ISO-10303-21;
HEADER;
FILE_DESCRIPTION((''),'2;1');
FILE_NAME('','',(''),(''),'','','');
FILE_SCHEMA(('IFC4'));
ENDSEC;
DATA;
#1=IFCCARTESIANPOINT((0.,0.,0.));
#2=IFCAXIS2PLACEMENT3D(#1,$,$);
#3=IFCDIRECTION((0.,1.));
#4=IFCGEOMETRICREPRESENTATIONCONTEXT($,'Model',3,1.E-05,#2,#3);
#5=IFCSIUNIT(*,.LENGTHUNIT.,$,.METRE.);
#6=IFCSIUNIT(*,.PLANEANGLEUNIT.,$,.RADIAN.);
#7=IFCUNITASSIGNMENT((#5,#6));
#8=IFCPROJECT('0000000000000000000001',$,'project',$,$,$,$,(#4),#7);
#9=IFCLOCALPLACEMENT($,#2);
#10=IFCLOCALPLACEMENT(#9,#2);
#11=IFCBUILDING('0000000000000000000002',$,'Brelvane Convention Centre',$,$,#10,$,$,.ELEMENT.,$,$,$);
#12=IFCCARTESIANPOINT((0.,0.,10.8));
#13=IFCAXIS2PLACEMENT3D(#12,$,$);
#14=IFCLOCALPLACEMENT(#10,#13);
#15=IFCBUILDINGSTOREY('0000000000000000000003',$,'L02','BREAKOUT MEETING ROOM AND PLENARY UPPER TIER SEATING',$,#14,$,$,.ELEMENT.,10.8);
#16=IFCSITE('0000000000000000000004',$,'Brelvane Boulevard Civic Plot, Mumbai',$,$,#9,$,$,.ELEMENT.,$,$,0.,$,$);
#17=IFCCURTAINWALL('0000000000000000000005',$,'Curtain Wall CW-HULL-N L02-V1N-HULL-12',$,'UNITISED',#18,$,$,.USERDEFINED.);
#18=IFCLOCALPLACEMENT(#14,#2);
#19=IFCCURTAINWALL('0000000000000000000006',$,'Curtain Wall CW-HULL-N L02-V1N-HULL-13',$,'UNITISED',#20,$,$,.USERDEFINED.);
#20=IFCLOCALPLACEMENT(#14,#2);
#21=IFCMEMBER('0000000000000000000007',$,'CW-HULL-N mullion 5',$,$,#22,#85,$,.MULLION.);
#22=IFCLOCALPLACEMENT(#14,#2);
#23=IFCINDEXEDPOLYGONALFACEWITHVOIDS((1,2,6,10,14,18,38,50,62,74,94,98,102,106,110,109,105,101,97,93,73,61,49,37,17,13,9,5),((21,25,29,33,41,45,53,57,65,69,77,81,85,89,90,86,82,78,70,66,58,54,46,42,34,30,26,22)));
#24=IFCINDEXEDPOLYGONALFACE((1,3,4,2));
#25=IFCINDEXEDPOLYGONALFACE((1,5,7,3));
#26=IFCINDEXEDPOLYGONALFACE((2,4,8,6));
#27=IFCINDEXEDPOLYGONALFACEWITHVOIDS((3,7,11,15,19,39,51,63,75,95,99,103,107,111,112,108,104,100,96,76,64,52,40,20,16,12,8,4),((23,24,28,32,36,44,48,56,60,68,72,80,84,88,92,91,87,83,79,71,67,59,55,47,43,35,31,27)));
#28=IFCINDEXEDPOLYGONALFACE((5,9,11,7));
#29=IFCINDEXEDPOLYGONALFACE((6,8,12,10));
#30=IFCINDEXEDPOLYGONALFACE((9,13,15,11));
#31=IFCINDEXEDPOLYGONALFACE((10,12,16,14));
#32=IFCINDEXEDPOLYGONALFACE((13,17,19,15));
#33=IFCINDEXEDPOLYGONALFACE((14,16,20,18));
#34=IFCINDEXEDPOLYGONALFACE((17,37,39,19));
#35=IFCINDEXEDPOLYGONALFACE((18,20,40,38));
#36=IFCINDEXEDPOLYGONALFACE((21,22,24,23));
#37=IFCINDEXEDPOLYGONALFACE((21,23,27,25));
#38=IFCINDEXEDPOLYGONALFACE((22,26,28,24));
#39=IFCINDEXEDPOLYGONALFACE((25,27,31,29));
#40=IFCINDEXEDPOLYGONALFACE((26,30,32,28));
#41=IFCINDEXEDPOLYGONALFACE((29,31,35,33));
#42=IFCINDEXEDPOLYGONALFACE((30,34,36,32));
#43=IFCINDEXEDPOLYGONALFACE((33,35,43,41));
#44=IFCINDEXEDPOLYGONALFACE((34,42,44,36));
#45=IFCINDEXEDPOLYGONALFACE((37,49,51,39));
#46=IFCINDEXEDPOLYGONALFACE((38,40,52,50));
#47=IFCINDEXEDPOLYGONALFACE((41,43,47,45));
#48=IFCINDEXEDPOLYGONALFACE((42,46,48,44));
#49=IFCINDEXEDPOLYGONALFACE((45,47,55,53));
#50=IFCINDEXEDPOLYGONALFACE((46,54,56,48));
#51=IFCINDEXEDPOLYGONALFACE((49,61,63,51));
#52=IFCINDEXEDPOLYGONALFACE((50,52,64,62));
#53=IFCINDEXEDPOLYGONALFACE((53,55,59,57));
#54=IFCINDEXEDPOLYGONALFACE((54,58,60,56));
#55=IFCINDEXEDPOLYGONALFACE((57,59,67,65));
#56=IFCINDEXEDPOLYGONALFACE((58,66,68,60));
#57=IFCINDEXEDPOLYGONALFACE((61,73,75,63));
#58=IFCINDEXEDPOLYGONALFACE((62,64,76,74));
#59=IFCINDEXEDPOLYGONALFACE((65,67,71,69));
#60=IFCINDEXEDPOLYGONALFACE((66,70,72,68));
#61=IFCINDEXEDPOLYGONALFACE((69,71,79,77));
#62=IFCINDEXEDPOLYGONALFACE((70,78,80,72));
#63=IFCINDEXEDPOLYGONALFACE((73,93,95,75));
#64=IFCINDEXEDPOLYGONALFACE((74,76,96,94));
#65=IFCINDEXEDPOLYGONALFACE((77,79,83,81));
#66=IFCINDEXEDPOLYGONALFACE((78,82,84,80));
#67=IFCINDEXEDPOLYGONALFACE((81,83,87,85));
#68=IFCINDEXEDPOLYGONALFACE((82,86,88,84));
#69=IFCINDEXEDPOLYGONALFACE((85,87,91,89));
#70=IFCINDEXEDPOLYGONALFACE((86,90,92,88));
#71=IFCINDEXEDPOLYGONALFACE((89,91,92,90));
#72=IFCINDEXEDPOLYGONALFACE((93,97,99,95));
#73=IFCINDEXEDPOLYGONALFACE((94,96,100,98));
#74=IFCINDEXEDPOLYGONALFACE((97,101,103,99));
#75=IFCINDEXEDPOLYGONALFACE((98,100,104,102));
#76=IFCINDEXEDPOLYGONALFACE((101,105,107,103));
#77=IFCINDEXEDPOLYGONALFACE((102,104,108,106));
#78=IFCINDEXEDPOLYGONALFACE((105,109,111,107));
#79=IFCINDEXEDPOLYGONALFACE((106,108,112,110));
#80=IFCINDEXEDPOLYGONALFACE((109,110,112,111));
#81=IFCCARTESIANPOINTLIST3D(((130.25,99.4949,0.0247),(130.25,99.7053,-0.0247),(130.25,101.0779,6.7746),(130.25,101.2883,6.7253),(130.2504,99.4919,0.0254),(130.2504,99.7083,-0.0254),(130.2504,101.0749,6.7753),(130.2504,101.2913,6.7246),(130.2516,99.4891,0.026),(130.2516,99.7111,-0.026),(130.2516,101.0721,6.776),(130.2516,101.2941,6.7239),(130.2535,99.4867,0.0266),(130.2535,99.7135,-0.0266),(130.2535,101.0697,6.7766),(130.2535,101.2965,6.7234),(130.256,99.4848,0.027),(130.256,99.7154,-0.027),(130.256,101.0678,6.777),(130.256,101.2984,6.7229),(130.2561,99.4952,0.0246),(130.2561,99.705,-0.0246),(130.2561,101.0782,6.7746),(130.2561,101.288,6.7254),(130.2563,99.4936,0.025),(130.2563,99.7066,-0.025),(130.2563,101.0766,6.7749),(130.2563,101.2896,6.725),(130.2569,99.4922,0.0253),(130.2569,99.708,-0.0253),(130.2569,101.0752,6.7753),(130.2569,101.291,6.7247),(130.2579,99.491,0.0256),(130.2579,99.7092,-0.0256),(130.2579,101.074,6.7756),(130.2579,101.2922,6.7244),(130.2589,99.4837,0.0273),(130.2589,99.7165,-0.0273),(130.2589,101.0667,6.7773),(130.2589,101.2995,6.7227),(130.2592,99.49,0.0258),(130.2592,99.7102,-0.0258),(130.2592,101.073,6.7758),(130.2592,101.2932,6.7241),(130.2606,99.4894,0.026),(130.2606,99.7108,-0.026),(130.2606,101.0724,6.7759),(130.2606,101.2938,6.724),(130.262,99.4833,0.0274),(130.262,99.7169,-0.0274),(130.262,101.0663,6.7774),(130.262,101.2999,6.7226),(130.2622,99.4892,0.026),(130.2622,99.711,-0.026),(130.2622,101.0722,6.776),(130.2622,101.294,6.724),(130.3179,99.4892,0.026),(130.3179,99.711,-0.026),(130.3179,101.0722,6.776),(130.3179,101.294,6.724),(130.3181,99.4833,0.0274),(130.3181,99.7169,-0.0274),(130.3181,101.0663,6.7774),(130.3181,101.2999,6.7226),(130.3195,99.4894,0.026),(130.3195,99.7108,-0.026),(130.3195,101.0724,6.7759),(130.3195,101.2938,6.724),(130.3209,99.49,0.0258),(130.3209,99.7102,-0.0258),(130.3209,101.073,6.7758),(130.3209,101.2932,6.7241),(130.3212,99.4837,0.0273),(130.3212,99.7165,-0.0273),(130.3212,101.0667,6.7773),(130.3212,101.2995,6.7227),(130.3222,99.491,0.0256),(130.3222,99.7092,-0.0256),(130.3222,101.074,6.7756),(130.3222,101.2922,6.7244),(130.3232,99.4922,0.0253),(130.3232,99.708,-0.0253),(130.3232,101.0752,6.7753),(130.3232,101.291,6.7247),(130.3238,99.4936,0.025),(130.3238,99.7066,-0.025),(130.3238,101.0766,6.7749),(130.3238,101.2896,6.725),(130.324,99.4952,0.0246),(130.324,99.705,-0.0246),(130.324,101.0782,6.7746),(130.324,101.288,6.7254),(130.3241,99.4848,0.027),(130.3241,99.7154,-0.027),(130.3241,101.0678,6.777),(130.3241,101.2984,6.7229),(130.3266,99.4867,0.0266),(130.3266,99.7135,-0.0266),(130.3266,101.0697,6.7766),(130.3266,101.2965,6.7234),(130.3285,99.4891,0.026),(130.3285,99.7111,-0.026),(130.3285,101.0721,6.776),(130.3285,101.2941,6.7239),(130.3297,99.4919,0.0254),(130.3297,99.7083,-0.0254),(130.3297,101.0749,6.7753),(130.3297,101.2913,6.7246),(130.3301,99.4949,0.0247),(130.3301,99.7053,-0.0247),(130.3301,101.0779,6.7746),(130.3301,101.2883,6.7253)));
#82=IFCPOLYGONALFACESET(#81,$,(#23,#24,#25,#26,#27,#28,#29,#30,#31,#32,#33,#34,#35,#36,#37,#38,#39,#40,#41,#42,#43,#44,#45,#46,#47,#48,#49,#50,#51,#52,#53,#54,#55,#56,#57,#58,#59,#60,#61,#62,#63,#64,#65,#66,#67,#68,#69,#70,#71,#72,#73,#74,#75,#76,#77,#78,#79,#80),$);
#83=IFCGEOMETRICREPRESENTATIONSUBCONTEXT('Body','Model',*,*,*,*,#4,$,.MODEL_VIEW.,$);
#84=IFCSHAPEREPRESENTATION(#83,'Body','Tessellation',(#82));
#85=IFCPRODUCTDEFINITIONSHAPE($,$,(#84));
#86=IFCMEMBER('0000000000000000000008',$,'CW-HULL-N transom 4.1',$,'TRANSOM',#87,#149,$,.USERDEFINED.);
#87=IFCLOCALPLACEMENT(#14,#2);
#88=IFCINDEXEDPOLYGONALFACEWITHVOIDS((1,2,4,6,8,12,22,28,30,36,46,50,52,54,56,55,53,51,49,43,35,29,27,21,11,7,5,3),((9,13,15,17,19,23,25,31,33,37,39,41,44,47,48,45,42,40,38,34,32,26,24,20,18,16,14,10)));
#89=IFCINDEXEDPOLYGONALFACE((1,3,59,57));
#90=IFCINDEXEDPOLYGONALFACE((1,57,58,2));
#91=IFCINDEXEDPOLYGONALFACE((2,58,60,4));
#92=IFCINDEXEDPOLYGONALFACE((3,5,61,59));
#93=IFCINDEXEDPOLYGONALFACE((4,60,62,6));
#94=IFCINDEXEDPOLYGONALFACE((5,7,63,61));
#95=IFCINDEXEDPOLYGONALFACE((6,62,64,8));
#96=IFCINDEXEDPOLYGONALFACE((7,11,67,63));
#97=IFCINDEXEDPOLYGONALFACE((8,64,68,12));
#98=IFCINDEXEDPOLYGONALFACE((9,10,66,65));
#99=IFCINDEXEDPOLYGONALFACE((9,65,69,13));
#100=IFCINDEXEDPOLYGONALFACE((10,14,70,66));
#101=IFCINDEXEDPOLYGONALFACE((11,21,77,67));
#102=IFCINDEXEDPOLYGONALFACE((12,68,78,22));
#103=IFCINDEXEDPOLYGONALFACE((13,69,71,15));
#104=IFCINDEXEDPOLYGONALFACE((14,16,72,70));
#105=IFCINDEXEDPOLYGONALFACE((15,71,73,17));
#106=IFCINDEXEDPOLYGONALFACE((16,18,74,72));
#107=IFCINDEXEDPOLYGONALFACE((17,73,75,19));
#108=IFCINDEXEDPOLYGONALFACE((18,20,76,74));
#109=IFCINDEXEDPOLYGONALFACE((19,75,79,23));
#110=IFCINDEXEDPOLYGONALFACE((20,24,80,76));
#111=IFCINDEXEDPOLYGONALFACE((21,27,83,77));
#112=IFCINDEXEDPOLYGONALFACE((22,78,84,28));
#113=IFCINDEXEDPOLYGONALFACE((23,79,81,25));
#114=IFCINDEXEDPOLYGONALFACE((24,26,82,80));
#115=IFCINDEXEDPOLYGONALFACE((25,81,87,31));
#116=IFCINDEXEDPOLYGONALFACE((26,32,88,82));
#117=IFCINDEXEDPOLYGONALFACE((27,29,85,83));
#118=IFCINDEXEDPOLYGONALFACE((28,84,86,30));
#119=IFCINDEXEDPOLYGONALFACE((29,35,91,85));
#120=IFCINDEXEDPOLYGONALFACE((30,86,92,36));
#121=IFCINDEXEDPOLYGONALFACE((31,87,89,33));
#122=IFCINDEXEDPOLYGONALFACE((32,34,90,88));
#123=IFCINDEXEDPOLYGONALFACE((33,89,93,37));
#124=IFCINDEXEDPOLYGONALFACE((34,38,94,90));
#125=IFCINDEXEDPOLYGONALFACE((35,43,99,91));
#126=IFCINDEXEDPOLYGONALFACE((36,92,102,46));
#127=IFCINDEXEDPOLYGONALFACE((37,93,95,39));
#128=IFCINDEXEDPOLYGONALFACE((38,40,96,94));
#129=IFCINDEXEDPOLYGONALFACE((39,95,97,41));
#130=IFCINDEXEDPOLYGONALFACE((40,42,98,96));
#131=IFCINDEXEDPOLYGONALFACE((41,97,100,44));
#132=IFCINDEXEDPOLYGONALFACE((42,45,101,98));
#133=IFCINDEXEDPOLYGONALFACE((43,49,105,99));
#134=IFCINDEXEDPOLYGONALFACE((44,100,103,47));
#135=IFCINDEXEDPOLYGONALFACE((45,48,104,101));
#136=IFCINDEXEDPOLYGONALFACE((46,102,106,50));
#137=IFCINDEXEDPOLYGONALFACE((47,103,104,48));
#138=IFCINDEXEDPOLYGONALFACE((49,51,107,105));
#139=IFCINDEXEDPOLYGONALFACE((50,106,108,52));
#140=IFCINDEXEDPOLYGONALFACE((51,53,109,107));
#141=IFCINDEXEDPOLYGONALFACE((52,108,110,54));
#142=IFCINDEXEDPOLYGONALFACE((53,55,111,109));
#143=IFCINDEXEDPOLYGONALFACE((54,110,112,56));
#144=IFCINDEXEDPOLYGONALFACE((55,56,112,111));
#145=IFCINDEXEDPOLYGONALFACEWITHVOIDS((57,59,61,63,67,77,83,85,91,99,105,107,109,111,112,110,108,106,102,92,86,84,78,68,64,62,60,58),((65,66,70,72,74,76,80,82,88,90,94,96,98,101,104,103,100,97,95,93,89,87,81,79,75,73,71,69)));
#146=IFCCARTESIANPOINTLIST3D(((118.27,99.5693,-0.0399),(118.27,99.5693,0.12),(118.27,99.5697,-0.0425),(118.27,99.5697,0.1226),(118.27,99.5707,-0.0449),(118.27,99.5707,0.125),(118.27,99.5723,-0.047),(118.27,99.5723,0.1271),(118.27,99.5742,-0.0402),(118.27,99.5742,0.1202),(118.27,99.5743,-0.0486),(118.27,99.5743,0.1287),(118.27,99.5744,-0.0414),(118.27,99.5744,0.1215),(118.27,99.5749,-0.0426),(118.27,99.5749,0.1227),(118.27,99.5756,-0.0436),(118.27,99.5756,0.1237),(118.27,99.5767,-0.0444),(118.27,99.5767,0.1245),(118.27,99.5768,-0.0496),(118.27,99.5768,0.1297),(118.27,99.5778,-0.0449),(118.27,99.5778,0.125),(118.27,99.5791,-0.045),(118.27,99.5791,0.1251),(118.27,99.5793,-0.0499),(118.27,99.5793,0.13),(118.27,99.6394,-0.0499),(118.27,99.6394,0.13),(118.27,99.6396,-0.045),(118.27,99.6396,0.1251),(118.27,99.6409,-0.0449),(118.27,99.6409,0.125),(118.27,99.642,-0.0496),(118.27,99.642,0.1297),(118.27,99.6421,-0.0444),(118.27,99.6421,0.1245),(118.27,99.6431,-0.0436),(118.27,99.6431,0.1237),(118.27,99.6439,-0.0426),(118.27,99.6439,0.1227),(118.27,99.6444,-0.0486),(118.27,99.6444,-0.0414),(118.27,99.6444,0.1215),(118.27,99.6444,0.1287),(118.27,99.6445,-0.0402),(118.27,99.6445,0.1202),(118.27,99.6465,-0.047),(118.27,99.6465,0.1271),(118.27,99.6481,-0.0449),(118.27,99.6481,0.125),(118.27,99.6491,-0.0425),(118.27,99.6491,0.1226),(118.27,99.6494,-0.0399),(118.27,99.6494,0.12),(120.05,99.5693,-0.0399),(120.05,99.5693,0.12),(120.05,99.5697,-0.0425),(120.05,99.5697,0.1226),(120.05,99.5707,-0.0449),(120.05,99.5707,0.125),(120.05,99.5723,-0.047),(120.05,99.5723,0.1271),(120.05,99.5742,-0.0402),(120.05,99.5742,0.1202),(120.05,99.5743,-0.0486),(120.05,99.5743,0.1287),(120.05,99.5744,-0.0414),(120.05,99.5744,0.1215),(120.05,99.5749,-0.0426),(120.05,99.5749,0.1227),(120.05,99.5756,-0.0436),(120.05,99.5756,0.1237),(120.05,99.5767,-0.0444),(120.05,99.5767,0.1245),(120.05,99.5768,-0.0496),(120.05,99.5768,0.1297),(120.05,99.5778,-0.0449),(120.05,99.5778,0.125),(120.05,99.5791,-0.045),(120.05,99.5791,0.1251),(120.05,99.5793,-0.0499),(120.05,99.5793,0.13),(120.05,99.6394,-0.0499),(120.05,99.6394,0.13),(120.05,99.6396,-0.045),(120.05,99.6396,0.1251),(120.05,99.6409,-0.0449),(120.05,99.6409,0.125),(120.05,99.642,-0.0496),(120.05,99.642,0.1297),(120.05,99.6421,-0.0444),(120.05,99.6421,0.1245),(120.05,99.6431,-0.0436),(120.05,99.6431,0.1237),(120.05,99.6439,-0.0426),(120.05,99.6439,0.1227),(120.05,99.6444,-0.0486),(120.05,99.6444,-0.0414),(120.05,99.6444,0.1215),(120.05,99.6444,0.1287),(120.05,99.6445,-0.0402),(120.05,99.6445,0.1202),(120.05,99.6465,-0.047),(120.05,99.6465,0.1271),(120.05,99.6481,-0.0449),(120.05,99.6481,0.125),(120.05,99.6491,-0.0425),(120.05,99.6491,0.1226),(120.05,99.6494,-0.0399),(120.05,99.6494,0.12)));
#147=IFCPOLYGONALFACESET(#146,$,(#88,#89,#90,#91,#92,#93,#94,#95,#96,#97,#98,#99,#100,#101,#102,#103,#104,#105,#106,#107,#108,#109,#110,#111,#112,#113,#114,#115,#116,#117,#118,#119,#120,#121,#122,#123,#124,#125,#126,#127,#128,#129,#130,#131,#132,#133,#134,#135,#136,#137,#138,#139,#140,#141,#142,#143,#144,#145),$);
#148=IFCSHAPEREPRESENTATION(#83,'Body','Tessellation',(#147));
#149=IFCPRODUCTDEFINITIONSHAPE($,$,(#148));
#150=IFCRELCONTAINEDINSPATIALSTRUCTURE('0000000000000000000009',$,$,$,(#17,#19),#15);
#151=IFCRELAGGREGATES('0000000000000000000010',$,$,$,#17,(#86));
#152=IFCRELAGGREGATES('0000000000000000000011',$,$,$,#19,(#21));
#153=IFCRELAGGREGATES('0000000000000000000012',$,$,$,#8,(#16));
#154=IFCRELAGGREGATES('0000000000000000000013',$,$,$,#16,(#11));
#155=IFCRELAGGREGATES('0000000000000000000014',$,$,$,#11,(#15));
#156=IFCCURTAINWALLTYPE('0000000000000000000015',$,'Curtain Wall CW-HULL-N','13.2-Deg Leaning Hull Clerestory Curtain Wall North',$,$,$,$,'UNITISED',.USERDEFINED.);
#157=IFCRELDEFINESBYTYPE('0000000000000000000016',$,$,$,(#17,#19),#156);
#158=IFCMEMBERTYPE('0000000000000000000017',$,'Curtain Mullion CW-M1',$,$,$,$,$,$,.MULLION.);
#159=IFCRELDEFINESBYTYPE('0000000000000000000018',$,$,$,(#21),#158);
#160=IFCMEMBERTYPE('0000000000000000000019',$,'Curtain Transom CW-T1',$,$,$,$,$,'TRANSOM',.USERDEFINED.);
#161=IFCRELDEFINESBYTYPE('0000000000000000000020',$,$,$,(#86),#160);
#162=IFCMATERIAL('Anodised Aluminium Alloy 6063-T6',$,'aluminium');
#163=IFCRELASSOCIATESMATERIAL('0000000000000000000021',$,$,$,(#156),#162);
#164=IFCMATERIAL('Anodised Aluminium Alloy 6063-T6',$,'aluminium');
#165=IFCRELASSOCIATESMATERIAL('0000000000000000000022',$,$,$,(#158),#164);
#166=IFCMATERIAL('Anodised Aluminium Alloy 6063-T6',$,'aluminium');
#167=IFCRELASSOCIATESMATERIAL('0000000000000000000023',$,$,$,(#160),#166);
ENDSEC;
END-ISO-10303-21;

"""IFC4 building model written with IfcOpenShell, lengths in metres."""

from ifc_helpers import new_model, si_unit, direction, frame, origin, origin_2d, place, context, subcontext, project, spatial, hollow_rectangle, extrude, material, material_profile, profile_set, type_object, element, aggregate, save


model = new_model("IFC4")

# Units and contexts
model_context = context("Model", 3, precision=1e-05, world=origin(), true_north=direction((0.0, 1.0)))
body_context = subcontext(model_context, "Body", "Model", "MODEL_VIEW")
ifc_project = project(units=[si_unit("LENGTHUNIT", "METRE"), si_unit("PLANEANGLEUNIT", "RADIAN")], contexts=[model_context])

# Site, building, storey
site_placement = place(None, origin())
site = spatial("IfcSite", under=ifc_project, at=site_placement, Name="Brelvane Boulevard Civic Plot, Mumbai", CompositionType="ELEMENT", RefElevation=0.0)
building_placement = place(site_placement, origin())
building = spatial("IfcBuilding", under=site, at=building_placement, Name="Brelvane Convention Centre", CompositionType="ELEMENT")
storey_placement = place(building_placement, frame((0.0, 0.0, 10.8)))
storey = spatial("IfcBuildingStorey", under=building, at=storey_placement, Name="L02", Description="BREAKOUT MEETING ROOM AND PLENARY UPPER TIER SEATING", CompositionType="ELEMENT", Elevation=10.8)

# Curtain walls, member
ifc_material_1 = material(Name="Anodised Aluminium Alloy 6063-T6", Category="aluminium")
curtain_wall_type = type_object("IfcCurtainWallType", Name="Curtain Wall CW-HULL-N", Description="13.2-Deg Leaning Hull Clerestory Curtain Wall North", ElementType="UNITISED", PredefinedType="USERDEFINED", material=ifc_material_1)
curtain_wall_1_placement = place(storey_placement, origin())
curtain_wall_1 = element("IfcCurtainWall", 1, at=curtain_wall_1_placement, inside=storey, type_object=curtain_wall_type, Name="Curtain Wall CW-HULL-N L02-V1N-HULL-12", ObjectType="UNITISED", PredefinedType="USERDEFINED")
ifc_material_2 = material(Name="Anodised Aluminium Alloy 6063-T6", Category="aluminium")
ifc_material_profile_1 = material_profile(ifc_material_2, hollow_rectangle(XDim=0.0801, YDim=0.24, WallThickness=0.0061, InnerFilletRadius=0.0061, OuterFilletRadius=0.012, at=origin_2d()), Name="ALU-M 240x80x6.0")
ifc_profile_set_1 = profile_set([ifc_material_profile_1], Name="Anodised Aluminium Alloy 6063-T6")
member_type_1 = type_object("IfcMemberType", Name="Curtain Mullion CW-M1", PredefinedType="MULLION", material=ifc_profile_set_1)
curtain_wall_2_placement = place(storey_placement, origin())
curtain_wall_2 = element("IfcCurtainWall", 2, at=curtain_wall_2_placement, inside=storey, type_object=curtain_wall_type, Name="Curtain Wall CW-HULL-N L02-V1N-HULL-13", ObjectType="UNITISED", PredefinedType="USERDEFINED")
member_1_placement = place(storey_placement, frame((130.29, 99.6001, 0.0), z_axis=(0.0, 0.228325, 0.973585), x_axis=(-1.0, 0.0, 0.0)))
member_1 = element("IfcMember", 3, at=member_1_placement, type_object=member_type_1, Name="CW-HULL-N mullion 5", PredefinedType="MULLION", context=body_context, shape_type="SweptSolid", body=[
    extrude(hollow_rectangle(XDim=0.0801, YDim=0.24, WallThickness=0.0061, InnerFilletRadius=0.0061, OuterFilletRadius=0.012, at=origin_2d()), origin(), (0.0, 0.0, 1.0), 6.9331),
])

# Member
ifc_material_3 = material(Name="Anodised Aluminium Alloy 6063-T6", Category="aluminium")
ifc_material_profile_2 = material_profile(ifc_material_3, hollow_rectangle(XDim=0.0801, YDim=0.1799, WallThickness=0.0049, InnerFilletRadius=0.0049, OuterFilletRadius=0.01, at=origin_2d()), Name="ALU-T 180x80x5.0")
ifc_profile_set_2 = profile_set([ifc_material_profile_2], Name="Anodised Aluminium Alloy 6063-T6")
member_type_2 = type_object("IfcMemberType", Name="Curtain Transom CW-T1", ElementType="TRANSOM", PredefinedType="USERDEFINED", material=ifc_profile_set_2)
member_2_placement = place(storey_placement, frame((118.27, 99.6094, 0.04), z_axis=(1.0, 0.0, 0.0), x_axis=(0.0, 1.0, 0.0)))
member_2 = element("IfcMember", 4, at=member_2_placement, type_object=member_type_2, Name="CW-HULL-N transom 4.1", ObjectType="TRANSOM", PredefinedType="USERDEFINED", context=body_context, shape_type="SweptSolid", body=[
    extrude(hollow_rectangle(XDim=0.0801, YDim=0.1799, WallThickness=0.0049, InnerFilletRadius=0.0049, OuterFilletRadius=0.01, at=origin_2d()), origin(), (0.0, 0.0, 1.0), 1.78),
])

aggregate(curtain_wall_1, [member_2])
aggregate(curtain_wall_2, [member_1])

save(model, "model.ifc")
